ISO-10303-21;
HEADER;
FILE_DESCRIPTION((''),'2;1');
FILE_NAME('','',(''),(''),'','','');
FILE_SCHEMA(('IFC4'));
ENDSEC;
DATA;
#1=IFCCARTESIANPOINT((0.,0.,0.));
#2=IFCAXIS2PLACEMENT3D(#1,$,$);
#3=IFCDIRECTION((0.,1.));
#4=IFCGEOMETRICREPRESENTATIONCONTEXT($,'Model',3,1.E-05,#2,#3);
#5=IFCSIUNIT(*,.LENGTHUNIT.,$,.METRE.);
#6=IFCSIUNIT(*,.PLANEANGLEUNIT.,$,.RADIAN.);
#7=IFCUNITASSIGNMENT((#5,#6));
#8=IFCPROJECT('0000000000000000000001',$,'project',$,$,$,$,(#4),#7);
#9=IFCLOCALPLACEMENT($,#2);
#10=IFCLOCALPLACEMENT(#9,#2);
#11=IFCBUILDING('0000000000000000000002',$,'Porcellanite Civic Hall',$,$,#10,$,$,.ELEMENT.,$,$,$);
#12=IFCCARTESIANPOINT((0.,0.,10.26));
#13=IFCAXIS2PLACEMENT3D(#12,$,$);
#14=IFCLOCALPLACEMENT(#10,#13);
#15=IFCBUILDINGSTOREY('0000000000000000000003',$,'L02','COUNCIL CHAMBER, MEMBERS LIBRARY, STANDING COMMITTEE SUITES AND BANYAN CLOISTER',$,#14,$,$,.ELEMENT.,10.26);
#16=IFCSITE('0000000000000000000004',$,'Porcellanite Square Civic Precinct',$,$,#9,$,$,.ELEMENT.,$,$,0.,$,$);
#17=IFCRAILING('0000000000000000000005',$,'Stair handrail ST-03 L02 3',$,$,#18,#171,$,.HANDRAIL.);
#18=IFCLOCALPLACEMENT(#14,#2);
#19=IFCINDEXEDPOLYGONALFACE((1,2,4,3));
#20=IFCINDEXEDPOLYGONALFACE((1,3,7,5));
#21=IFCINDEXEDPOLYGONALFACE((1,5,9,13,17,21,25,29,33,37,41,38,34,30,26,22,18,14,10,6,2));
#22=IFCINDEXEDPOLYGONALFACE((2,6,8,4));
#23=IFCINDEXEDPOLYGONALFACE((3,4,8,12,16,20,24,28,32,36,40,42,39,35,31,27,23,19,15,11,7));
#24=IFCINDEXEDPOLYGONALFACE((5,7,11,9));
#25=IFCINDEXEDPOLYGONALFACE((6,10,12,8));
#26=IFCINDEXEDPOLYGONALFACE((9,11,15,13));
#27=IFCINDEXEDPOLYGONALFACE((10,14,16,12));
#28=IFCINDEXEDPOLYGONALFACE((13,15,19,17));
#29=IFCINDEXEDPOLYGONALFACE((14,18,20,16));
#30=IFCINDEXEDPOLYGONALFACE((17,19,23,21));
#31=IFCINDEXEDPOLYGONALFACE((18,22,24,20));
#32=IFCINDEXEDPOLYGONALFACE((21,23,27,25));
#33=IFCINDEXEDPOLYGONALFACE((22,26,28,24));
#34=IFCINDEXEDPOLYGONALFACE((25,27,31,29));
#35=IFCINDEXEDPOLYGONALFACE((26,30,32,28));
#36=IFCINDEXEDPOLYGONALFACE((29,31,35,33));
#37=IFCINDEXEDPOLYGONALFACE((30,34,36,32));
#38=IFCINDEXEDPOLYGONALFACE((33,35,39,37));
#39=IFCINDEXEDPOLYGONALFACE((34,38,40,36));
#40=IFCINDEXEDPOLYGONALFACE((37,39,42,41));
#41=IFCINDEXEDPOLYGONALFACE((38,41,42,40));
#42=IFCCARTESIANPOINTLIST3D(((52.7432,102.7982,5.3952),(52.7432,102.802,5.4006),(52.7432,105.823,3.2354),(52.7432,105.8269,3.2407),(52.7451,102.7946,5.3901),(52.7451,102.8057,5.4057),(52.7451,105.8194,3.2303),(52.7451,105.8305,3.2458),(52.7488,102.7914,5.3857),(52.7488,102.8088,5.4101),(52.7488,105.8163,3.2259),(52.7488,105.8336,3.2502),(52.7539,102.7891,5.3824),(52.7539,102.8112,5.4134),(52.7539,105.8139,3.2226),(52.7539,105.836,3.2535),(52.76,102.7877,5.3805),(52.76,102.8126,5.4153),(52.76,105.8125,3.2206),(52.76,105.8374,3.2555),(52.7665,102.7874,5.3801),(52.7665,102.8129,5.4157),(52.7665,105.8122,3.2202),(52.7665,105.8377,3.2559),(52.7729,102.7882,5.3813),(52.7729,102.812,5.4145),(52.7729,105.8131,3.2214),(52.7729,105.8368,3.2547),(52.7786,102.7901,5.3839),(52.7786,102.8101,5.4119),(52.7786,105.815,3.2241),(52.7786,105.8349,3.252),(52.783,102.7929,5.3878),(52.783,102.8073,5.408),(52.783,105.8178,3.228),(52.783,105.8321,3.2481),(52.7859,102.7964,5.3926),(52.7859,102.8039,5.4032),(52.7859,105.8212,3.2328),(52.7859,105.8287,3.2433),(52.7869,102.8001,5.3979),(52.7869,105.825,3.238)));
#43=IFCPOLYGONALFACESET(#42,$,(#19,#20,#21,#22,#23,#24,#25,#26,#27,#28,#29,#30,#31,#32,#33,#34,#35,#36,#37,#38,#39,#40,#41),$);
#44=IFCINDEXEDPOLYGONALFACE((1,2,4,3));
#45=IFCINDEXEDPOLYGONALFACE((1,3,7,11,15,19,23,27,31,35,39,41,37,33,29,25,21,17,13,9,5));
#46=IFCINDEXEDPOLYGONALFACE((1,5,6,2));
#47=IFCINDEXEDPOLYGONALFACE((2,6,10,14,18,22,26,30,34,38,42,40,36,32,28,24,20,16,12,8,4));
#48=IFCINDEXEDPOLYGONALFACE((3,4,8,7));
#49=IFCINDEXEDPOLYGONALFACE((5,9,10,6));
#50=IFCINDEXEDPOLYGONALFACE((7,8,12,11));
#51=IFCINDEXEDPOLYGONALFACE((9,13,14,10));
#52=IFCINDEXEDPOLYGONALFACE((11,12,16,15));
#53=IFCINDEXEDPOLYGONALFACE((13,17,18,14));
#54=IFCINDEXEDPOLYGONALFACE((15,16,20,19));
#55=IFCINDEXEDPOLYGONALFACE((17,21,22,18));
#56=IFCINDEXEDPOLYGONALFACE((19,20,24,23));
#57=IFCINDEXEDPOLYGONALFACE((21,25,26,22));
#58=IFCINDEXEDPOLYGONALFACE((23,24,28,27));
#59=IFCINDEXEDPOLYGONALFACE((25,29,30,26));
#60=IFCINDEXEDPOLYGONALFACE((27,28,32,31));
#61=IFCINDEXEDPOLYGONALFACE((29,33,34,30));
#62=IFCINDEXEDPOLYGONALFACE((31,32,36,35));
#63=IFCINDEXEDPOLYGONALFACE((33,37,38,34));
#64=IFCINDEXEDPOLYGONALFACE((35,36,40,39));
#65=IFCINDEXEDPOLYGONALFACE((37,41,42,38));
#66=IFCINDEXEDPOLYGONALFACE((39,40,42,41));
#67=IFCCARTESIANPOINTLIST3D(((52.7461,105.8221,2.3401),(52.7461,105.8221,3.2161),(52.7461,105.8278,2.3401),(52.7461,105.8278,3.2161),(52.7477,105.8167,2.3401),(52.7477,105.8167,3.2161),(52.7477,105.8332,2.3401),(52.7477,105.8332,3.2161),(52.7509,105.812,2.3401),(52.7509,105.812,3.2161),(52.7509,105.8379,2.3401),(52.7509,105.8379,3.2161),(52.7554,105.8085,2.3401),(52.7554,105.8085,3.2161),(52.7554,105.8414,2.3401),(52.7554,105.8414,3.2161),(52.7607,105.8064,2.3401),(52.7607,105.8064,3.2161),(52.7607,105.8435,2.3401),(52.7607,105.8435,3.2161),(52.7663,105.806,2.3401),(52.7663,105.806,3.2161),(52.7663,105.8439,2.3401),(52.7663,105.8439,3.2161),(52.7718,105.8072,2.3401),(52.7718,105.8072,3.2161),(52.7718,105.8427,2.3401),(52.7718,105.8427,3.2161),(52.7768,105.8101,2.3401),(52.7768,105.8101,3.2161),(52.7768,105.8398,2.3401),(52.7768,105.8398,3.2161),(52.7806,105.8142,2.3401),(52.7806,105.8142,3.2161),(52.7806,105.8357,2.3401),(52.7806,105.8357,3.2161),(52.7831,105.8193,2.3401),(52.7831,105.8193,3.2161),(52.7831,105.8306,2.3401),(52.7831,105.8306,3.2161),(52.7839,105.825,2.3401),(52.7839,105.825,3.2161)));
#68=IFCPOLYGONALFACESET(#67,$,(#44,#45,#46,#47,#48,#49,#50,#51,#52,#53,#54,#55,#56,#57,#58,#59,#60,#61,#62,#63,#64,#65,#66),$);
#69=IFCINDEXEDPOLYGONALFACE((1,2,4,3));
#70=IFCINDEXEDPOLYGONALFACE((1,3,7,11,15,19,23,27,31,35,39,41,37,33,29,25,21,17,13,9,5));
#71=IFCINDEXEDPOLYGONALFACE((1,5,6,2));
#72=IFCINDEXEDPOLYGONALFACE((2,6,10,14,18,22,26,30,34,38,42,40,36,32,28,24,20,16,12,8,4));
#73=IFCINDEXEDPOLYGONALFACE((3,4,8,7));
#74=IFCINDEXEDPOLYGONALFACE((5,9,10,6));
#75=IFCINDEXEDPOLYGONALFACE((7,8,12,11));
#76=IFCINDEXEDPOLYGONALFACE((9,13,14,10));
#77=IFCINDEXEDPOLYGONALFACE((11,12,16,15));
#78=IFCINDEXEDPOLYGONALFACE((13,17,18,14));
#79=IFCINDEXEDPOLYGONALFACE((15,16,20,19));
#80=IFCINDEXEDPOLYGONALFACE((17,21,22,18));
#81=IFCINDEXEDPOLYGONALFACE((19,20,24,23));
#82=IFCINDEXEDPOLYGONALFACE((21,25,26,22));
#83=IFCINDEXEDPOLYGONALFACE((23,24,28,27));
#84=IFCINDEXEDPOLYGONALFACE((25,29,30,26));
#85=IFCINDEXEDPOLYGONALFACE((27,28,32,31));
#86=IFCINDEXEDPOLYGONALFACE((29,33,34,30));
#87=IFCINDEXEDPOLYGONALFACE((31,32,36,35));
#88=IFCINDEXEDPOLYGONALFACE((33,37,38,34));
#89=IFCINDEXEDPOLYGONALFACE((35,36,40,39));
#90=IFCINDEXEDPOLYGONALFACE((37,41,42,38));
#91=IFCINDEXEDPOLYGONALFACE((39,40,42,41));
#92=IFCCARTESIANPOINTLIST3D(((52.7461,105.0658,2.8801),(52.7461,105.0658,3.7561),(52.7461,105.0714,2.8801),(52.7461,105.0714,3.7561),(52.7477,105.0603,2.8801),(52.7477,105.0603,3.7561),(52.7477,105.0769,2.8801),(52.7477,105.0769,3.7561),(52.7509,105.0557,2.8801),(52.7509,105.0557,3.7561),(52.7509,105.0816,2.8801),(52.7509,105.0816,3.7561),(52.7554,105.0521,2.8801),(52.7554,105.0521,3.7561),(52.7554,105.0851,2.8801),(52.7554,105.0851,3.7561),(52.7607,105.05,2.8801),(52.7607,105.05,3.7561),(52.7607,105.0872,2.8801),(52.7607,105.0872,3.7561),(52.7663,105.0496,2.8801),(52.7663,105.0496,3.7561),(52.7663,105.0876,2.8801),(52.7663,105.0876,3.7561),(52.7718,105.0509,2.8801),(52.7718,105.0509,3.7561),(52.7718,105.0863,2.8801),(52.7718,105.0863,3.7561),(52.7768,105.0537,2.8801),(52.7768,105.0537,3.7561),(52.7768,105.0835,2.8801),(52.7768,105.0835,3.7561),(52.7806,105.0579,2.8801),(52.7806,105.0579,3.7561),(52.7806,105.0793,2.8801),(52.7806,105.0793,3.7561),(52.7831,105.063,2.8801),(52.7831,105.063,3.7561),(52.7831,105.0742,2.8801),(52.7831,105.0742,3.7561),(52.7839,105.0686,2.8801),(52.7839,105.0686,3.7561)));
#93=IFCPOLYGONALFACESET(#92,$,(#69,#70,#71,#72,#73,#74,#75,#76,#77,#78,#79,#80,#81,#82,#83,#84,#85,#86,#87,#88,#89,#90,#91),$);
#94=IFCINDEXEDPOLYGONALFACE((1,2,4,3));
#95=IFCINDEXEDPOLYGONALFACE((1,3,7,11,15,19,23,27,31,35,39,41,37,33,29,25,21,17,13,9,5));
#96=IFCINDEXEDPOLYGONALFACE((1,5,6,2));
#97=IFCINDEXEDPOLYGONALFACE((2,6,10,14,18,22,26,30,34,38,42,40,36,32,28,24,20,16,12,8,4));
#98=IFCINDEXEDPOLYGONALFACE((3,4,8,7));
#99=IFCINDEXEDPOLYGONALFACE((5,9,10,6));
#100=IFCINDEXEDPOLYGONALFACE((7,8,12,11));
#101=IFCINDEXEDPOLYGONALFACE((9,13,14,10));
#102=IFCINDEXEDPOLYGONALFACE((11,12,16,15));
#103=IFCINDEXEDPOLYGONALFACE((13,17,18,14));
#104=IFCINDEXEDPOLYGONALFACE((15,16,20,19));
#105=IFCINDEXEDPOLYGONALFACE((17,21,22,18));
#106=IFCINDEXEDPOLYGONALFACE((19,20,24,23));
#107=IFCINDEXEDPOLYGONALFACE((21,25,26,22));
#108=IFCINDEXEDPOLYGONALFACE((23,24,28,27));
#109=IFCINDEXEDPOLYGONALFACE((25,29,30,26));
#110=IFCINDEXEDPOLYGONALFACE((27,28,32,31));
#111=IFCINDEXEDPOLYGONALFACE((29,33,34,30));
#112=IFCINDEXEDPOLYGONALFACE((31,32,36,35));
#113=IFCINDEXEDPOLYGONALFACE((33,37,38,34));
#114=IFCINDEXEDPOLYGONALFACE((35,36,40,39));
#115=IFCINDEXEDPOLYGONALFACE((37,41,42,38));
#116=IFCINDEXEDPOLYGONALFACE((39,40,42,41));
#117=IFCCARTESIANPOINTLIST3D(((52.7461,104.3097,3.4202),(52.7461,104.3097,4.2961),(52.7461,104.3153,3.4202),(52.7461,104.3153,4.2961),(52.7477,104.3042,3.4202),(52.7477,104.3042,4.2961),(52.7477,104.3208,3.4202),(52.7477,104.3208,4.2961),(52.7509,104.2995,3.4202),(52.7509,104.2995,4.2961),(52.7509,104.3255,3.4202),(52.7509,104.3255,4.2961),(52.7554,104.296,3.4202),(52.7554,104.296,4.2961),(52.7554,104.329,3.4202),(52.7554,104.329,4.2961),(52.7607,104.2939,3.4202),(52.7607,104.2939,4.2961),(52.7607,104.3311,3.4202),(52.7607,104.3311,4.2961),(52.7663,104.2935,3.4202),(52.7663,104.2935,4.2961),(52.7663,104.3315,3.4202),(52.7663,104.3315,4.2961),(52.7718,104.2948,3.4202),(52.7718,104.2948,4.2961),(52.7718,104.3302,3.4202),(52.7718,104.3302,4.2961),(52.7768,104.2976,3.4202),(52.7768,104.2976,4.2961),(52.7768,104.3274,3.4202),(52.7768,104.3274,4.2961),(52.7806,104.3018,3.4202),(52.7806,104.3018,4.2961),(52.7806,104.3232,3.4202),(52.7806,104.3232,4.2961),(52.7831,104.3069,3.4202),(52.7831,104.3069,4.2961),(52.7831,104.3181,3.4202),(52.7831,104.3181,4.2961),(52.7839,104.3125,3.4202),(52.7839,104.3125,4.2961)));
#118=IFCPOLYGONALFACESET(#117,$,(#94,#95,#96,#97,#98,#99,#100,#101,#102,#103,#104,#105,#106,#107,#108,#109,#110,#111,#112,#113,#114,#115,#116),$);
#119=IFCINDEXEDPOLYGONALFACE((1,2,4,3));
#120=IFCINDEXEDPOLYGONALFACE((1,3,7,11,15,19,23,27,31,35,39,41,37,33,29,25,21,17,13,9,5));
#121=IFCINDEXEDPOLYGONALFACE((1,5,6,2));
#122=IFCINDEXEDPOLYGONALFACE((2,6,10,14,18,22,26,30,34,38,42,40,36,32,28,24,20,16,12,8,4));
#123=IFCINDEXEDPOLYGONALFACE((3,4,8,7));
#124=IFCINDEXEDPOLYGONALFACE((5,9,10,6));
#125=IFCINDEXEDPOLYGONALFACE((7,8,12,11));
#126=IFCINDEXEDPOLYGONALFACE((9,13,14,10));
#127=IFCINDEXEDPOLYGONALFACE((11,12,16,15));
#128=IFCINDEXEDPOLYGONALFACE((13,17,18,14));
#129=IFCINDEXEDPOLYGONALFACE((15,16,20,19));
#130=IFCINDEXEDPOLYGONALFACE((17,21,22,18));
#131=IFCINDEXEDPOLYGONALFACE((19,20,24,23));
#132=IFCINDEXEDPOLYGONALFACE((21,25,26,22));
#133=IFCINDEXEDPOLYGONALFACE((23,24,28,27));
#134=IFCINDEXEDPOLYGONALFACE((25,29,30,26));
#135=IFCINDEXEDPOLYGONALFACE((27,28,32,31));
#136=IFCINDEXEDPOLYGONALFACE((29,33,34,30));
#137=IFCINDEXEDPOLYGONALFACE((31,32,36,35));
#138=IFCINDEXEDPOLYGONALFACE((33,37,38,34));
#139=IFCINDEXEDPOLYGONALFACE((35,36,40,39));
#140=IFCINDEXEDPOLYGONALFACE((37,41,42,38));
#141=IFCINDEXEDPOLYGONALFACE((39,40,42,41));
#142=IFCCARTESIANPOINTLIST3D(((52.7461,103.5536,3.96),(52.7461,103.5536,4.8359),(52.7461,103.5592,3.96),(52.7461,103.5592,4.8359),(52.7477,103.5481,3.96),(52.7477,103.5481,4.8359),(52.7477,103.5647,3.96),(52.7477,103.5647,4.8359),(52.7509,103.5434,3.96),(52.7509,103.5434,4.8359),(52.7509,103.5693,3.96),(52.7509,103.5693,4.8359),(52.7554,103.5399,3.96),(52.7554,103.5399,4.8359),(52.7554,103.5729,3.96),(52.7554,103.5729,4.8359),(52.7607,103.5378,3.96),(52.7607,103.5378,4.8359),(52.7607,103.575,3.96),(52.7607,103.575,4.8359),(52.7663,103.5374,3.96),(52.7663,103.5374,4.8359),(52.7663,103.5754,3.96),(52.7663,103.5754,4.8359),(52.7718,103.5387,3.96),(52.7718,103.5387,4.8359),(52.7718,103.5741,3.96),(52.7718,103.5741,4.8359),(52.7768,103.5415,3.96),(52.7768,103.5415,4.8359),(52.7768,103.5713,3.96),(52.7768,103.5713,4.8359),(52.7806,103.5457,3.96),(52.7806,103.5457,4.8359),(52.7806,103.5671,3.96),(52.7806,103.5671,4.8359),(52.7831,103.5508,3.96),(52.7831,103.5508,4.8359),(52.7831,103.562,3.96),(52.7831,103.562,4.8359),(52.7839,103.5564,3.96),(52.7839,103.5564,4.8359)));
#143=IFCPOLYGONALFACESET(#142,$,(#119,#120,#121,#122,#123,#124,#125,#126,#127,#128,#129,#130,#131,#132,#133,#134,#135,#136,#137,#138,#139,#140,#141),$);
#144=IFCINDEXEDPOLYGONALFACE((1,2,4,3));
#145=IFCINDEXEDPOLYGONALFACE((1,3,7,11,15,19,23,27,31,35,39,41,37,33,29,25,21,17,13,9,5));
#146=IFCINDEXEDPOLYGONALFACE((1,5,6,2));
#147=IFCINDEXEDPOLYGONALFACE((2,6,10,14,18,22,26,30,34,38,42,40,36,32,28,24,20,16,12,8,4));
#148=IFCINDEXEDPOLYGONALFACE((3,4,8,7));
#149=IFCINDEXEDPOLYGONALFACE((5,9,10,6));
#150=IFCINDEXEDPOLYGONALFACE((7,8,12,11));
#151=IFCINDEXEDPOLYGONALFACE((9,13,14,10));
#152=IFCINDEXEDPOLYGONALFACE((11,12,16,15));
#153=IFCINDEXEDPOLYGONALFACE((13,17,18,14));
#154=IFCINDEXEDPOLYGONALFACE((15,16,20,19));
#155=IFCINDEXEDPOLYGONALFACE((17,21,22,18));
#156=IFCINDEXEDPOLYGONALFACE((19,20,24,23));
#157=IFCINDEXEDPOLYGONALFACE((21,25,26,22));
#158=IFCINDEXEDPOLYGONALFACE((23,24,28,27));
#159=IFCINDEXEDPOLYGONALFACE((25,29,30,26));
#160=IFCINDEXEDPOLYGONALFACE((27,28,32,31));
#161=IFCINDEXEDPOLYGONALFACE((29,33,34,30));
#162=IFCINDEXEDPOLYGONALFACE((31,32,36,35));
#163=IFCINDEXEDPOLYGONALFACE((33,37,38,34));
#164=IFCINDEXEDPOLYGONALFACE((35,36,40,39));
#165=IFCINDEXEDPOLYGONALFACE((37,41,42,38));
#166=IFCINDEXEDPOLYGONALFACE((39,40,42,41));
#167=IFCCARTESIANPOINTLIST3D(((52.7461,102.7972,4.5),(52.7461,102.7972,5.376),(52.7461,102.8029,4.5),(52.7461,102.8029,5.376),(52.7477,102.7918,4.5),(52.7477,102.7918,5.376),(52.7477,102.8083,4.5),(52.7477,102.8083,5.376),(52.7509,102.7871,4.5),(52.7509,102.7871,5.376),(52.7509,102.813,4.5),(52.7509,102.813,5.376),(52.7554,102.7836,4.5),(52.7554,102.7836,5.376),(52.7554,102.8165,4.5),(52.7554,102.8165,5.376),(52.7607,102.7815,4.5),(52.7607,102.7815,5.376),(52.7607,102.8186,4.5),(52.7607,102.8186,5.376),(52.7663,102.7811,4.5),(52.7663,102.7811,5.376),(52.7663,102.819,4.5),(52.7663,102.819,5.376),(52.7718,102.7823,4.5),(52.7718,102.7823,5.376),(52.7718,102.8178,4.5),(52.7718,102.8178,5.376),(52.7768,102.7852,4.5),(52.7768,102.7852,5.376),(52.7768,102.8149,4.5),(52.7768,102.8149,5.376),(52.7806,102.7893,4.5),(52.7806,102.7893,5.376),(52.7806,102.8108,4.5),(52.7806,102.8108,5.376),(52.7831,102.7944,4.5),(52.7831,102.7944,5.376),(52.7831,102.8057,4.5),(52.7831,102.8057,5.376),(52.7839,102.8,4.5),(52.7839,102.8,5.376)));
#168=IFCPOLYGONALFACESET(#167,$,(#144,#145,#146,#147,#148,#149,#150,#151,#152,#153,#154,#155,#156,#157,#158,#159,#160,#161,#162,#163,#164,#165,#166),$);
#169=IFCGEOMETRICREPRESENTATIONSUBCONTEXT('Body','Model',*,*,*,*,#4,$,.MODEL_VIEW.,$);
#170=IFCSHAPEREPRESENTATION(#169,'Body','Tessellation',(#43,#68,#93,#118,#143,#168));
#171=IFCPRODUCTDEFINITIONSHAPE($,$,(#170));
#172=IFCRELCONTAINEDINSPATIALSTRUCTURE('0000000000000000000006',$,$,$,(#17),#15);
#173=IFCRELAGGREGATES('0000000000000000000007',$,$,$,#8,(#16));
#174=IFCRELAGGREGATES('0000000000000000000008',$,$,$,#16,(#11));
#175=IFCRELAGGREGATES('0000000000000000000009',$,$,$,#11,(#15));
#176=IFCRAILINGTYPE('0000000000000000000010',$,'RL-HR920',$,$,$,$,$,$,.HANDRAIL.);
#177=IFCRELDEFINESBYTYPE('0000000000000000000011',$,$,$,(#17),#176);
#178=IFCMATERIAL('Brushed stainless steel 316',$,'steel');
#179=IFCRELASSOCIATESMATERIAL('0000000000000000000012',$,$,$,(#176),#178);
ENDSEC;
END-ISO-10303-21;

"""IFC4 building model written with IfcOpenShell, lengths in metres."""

from ifc_helpers import new_model, si_unit, direction, frame, origin, origin_2d, place, context, subcontext, project, spatial, circle, extrude, material, type_object, element, save


model = new_model("IFC4")

# Units and contexts
model_context = context("Model", 3, precision=1e-05, world=origin(), true_north=direction((0.0, 1.0)))
body_context = subcontext(model_context, "Body", "Model", "MODEL_VIEW")
ifc_project = project(units=[si_unit("LENGTHUNIT", "METRE"), si_unit("PLANEANGLEUNIT", "RADIAN")], contexts=[model_context])

# Site, building, storey
site_placement = place(None, origin())
site = spatial("IfcSite", under=ifc_project, at=site_placement, Name="Porcellanite Square Civic Precinct", CompositionType="ELEMENT", RefElevation=0.0)
building_placement = place(site_placement, origin())
building = spatial("IfcBuilding", under=site, at=building_placement, Name="Porcellanite Civic Hall", CompositionType="ELEMENT")
storey_placement = place(building_placement, frame((0.0, 0.0, 10.26)))
storey = spatial("IfcBuildingStorey", under=building, at=storey_placement, Name="L02", Description="COUNCIL CHAMBER, MEMBERS LIBRARY, STANDING COMMITTEE SUITES AND BANYAN CLOISTER", CompositionType="ELEMENT", Elevation=10.26)

# Railing
ifc_material_1 = material(Name="Brushed stainless steel 316", Category="steel")
railing_type_1 = type_object("IfcRailingType", Name="RL-HR920", PredefinedType="HANDRAIL", material=ifc_material_1)
railing_1_placement = place(storey_placement, frame((52.7649, 105.825, 2.3401)))
element("IfcRailing", 1, at=railing_1_placement, inside=storey, type_object=railing_type_1, Name="Stair handrail ST-03 L02 3", PredefinedType="HANDRAIL", context=body_context, shape_type="SweptSolid", body=[
    extrude(circle(Radius=0.022, at=origin_2d()), frame((0.0, 0.0, 0.8979), z_axis=(0.0, -0.813827, 0.581108), x_axis=(1.0, 0.0, 0.0)), (0.0, 0.0, 1.0), 3.7168),
    extrude(circle(Radius=0.019, at=origin_2d()), origin(), (0.0, 0.0, 1.0), 0.876),
    extrude(circle(Radius=0.019, at=origin_2d()), frame((0.0, -0.7563, 0.54)), (0.0, 0.0, 1.0), 0.876),
    extrude(circle(Radius=0.019, at=origin_2d()), frame((0.0, -1.5125, 1.0801)), (0.0, 0.0, 1.0), 0.876),
    extrude(circle(Radius=0.019, at=origin_2d()), frame((0.0, -2.2686, 1.6199)), (0.0, 0.0, 1.0), 0.876),
    extrude(circle(Radius=0.019, at=origin_2d()), frame((0.0, -3.0249, 2.1599)), (0.0, 0.0, 1.0), 0.876),
])

save(model, "model.ifc")
